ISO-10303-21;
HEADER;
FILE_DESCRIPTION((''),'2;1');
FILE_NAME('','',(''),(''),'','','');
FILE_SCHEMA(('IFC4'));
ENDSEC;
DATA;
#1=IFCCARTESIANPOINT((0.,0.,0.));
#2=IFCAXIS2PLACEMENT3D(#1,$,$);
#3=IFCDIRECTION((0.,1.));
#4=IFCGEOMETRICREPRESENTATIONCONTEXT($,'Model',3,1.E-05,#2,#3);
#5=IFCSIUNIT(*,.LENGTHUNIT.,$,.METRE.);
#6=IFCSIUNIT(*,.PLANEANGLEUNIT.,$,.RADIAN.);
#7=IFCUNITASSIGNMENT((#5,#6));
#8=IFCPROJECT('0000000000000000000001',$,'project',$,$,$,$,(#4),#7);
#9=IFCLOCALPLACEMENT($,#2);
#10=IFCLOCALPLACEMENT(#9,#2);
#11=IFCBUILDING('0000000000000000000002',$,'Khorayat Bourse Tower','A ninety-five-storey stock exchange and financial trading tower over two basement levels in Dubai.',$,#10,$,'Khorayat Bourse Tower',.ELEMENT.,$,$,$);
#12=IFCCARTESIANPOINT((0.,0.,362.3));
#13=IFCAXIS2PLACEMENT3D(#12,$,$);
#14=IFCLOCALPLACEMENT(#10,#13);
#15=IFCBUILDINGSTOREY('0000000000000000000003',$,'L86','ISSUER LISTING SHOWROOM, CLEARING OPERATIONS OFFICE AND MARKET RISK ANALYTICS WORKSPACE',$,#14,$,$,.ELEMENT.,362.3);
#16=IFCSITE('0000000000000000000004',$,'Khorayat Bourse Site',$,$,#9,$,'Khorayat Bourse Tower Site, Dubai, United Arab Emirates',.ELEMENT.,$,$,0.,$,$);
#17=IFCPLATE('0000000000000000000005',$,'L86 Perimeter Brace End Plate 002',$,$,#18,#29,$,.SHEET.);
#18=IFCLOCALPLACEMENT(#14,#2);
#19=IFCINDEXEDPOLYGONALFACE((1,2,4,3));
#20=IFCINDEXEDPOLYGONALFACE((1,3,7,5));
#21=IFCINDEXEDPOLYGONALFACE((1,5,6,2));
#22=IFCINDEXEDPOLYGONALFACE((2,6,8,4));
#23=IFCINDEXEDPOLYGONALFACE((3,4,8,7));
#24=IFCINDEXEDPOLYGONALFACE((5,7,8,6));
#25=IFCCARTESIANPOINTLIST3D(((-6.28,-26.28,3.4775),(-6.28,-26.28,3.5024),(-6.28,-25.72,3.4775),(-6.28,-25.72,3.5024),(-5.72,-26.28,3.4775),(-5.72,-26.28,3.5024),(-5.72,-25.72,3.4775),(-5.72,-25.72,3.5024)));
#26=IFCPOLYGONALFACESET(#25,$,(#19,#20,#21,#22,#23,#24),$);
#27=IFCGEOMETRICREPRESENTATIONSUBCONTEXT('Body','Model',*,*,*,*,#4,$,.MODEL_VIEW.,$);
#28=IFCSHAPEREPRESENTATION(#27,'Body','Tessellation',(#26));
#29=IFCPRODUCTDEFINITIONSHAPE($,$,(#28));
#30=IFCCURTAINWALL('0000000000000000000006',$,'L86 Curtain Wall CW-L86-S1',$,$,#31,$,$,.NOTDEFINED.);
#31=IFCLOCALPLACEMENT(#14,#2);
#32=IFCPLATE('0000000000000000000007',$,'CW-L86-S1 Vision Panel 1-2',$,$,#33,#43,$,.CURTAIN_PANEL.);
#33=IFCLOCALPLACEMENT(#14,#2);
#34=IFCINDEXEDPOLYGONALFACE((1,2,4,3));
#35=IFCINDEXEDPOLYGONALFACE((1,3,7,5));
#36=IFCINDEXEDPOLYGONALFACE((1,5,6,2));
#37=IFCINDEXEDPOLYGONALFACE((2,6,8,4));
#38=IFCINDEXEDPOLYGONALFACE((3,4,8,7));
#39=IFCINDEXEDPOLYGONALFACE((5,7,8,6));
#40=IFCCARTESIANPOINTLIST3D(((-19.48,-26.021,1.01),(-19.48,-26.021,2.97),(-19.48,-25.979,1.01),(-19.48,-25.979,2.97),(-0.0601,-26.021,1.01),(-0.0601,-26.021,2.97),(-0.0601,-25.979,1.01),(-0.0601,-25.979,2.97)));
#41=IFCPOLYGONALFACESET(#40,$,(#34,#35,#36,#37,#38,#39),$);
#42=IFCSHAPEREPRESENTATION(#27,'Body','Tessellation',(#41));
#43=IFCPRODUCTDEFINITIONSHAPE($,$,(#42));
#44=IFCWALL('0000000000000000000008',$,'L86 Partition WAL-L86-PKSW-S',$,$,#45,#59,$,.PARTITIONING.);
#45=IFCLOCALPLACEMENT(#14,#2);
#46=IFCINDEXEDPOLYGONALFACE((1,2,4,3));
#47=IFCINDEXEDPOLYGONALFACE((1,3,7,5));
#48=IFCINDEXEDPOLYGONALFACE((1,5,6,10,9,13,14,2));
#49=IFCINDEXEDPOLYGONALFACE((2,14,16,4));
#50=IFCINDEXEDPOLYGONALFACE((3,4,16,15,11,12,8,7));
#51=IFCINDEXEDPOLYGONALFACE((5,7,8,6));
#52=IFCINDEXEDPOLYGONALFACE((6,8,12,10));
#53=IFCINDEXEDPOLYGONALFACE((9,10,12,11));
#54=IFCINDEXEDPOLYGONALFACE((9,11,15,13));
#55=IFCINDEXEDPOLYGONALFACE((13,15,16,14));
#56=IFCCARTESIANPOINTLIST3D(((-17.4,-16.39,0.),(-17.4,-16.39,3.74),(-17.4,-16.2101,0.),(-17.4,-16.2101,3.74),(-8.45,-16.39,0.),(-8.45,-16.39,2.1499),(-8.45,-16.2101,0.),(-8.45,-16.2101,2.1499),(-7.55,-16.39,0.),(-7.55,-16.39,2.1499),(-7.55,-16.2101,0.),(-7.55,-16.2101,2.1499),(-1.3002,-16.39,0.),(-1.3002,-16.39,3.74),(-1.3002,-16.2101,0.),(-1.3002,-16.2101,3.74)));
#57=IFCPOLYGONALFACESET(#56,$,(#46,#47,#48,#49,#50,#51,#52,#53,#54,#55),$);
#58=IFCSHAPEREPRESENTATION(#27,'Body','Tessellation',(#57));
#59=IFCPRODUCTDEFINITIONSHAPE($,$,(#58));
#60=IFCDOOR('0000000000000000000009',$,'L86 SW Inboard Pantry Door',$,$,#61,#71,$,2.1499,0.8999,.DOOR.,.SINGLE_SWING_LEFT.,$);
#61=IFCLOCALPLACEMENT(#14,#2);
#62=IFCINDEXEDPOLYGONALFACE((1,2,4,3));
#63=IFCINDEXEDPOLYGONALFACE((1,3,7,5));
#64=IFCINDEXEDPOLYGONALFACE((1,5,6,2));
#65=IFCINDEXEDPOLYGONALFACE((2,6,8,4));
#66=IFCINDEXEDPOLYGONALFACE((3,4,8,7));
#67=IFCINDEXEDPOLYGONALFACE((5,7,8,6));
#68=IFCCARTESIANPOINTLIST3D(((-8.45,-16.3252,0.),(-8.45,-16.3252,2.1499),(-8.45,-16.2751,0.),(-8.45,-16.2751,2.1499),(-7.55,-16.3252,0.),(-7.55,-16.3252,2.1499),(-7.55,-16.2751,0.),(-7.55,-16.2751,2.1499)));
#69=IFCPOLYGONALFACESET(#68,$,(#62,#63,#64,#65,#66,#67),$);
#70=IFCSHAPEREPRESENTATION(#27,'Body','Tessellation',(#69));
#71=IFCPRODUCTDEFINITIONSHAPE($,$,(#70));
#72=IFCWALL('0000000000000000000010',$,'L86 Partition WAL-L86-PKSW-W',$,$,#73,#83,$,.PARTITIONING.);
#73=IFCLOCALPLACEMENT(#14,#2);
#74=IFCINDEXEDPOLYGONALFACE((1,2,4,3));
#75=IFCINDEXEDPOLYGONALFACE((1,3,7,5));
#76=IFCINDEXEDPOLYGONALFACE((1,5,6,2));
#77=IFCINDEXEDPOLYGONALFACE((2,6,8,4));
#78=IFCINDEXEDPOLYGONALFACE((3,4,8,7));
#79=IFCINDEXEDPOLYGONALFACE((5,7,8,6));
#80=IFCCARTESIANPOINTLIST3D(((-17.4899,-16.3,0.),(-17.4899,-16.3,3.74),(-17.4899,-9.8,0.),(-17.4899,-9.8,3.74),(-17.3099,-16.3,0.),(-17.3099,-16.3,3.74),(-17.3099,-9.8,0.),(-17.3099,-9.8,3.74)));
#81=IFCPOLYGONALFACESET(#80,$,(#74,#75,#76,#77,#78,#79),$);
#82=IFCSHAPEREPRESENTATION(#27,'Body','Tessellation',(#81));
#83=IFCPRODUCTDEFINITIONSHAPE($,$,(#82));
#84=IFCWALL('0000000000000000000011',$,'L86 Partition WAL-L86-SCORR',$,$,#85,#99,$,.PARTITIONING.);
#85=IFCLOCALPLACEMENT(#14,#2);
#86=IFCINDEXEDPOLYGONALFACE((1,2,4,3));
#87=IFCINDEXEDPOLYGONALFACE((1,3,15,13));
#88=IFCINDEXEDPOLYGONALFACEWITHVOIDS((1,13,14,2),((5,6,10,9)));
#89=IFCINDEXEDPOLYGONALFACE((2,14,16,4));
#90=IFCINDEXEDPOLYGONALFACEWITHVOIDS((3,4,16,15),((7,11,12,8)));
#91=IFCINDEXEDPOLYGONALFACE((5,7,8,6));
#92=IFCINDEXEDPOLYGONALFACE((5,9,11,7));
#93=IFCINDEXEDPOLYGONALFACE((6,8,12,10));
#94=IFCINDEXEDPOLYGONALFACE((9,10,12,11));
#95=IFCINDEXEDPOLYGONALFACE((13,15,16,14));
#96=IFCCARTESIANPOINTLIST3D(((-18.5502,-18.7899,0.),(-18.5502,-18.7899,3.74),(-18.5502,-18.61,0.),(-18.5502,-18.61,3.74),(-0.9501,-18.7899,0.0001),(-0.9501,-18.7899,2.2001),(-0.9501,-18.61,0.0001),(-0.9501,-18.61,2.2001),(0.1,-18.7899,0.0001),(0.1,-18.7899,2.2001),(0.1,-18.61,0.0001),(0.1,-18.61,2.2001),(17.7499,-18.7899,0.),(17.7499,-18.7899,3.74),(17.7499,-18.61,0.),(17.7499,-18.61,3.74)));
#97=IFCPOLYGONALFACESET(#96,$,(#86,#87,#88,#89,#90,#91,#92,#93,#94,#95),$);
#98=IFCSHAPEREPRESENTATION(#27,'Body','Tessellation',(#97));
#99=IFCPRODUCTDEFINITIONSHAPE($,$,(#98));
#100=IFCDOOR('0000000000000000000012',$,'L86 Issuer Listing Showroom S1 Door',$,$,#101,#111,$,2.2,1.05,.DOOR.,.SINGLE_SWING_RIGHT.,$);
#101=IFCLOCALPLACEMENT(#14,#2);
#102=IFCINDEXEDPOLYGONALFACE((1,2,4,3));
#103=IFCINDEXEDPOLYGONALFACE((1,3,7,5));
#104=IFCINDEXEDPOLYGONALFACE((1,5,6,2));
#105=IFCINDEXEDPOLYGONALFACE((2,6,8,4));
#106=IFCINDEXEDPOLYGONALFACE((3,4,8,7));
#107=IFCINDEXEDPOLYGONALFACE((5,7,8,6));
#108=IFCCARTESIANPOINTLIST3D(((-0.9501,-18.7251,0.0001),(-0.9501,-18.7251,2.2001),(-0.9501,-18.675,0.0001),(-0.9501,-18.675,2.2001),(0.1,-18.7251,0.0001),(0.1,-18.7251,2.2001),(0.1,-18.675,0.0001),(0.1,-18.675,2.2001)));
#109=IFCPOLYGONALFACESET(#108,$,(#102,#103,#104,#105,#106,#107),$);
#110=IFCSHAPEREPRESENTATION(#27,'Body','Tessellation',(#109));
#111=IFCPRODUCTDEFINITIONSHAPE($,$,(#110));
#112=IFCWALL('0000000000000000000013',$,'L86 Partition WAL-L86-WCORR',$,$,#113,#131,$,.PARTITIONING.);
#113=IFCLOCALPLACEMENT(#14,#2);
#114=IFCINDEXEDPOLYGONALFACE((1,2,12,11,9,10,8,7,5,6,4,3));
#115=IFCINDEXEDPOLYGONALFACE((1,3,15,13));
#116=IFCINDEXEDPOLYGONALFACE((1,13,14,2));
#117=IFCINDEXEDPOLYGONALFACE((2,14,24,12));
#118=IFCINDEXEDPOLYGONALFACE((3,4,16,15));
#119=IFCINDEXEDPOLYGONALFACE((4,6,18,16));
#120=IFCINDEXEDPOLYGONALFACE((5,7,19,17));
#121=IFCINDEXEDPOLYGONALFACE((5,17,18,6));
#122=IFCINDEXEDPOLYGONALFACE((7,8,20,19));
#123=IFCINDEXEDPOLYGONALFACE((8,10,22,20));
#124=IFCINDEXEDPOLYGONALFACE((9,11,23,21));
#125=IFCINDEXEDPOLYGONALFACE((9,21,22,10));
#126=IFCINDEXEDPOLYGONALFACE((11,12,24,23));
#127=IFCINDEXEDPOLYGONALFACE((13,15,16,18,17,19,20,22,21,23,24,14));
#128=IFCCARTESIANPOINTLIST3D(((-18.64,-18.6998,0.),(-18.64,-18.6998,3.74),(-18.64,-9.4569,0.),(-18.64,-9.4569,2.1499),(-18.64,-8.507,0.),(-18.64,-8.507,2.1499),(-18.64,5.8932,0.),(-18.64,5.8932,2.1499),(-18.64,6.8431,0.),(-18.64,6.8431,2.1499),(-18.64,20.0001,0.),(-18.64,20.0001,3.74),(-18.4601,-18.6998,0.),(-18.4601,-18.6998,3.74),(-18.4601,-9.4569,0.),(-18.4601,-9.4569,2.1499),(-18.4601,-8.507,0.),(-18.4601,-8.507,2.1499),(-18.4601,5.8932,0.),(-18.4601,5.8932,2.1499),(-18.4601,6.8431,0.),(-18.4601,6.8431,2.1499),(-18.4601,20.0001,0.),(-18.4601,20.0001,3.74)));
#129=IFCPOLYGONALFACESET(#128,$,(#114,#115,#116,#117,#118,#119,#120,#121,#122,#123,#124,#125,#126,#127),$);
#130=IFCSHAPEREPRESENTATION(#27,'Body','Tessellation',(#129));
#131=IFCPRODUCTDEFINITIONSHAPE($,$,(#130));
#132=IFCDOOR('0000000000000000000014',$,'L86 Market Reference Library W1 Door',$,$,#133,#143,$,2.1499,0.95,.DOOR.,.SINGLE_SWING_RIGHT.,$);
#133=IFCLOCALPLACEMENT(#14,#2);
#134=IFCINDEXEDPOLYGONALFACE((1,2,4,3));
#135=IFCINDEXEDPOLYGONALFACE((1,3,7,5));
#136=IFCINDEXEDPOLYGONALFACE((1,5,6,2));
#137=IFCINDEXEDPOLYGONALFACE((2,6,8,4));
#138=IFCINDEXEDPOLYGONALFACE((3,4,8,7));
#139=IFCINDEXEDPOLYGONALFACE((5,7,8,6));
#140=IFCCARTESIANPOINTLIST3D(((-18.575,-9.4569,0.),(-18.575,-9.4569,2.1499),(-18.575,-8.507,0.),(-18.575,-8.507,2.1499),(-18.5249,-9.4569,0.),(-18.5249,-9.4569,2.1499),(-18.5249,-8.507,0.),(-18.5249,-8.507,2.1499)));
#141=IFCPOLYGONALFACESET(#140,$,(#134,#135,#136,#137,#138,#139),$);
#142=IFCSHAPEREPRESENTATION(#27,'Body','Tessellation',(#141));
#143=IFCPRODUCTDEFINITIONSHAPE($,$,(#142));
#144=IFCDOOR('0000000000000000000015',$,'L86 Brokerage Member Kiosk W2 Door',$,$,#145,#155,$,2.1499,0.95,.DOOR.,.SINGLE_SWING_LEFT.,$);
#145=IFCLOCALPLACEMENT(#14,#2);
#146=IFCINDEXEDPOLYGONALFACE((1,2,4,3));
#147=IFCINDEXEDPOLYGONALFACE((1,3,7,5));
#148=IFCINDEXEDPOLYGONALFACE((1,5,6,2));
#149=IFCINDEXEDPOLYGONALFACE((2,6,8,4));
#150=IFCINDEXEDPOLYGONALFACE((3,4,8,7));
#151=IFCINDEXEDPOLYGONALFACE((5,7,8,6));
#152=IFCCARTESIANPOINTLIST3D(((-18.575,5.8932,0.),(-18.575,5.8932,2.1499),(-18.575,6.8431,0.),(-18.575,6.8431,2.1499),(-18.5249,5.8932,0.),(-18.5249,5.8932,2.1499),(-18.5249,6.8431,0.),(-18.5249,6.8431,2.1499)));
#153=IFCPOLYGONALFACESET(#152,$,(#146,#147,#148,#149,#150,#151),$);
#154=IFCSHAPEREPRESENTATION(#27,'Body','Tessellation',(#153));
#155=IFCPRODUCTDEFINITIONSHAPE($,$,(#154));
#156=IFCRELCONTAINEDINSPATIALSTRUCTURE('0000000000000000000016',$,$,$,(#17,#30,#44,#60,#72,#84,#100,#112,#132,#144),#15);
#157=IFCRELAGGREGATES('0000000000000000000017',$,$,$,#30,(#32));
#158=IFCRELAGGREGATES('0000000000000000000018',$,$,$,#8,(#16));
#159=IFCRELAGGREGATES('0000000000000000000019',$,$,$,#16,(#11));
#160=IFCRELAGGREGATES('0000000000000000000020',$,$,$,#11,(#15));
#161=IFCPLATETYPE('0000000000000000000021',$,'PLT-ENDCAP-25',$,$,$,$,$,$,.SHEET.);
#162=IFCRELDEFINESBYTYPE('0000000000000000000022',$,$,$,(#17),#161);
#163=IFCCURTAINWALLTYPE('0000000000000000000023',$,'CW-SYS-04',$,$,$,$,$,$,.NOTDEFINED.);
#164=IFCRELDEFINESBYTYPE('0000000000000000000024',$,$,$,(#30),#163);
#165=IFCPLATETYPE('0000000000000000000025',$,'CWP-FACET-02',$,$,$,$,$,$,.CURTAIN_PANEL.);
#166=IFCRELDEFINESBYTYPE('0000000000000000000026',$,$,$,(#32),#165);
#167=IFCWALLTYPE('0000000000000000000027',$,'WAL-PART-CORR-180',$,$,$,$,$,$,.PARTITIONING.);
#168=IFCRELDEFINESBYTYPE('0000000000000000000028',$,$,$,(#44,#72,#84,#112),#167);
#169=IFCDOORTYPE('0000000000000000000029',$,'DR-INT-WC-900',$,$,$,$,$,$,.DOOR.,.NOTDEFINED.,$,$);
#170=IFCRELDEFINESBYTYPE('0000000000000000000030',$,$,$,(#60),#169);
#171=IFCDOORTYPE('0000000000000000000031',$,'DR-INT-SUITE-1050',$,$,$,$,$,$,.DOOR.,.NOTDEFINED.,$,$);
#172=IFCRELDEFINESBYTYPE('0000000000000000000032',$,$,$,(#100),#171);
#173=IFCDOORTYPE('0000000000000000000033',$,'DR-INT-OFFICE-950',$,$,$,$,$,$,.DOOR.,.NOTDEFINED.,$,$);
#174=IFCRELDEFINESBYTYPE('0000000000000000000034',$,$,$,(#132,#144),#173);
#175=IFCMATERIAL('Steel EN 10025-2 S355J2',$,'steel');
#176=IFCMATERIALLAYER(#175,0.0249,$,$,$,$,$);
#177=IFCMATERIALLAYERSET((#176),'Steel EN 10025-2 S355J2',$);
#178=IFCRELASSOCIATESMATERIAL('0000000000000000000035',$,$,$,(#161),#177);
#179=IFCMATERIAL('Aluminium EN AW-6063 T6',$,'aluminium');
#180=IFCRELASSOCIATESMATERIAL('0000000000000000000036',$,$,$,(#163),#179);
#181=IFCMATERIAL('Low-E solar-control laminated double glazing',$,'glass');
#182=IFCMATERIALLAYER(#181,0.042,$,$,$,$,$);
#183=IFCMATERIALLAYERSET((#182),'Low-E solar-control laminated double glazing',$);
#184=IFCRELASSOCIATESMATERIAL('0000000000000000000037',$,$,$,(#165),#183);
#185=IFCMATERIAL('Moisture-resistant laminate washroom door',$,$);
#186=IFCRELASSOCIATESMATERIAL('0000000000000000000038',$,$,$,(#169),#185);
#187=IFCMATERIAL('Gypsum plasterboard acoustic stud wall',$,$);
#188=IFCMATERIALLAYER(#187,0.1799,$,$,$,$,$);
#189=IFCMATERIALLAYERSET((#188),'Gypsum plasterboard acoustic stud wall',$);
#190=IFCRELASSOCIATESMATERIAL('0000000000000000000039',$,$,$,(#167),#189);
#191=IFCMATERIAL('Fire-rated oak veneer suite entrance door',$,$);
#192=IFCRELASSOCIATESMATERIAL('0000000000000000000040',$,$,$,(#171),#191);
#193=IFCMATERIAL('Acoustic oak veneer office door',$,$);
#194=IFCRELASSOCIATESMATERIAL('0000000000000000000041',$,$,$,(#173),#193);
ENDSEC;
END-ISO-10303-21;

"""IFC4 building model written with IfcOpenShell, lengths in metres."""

from ifc_helpers import new_model, si_unit, direction, frame, frame_2d, origin, origin_2d, place, context, subcontext, project, spatial, rectangle, extrude, source, transform, mapped, material, layer, layer_set, type_object, element, fill, aggregate, save


model = new_model("IFC4")

# Units and contexts
model_context = context("Model", 3, precision=1e-05, world=origin(), true_north=direction((0.0, 1.0)))
body_context = subcontext(model_context, "Body", "Model", "MODEL_VIEW")
ifc_project = project(units=[si_unit("LENGTHUNIT", "METRE"), si_unit("PLANEANGLEUNIT", "RADIAN")], contexts=[model_context])

# Site, building, storey
site_placement = place(None, origin())
site = spatial("IfcSite", under=ifc_project, at=site_placement, Name="Khorayat Bourse Site", LongName="Khorayat Bourse Tower Site, Dubai, United Arab Emirates", CompositionType="ELEMENT", RefElevation=0.0)
building_placement = place(site_placement, origin())
building = spatial("IfcBuilding", under=site, at=building_placement, Name="Khorayat Bourse Tower", Description="A ninety-five-storey stock exchange and financial trading tower over two basement levels in Dubai.", LongName="Khorayat Bourse Tower", CompositionType="ELEMENT")
storey_placement = place(building_placement, frame((0.0, 0.0, 362.3)))
storey = spatial("IfcBuildingStorey", under=building, at=storey_placement, Name="L86", Description="ISSUER LISTING SHOWROOM, CLEARING OPERATIONS OFFICE AND MARKET RISK ANALYTICS WORKSPACE", CompositionType="ELEMENT", Elevation=362.3)

# Shared definitions
ifc_material_1 = material(Name="Steel EN 10025-2 S355J2", Category="steel")

# Plate
ifc_layer_1 = layer(ifc_material_1, 0.0249)
ifc_layer_set_1 = layer_set([ifc_layer_1], Name="Steel EN 10025-2 S355J2")
plate_type_1 = type_object("IfcPlateType", Name="PLT-ENDCAP-25", PredefinedType="SHEET", material=ifc_layer_set_1)
shared_shape_1 = source(origin(), body_context, "Body", "SweptSolid", [
    extrude(rectangle(XDim=0.5601, YDim=0.5601, at=origin_2d()), origin(), (0.0, 0.0, 1.0), 0.0249),
])
plate_1_placement = place(storey_placement, frame((-6.0, -26.0, 3.4775), z_axis=(0.0, 0.0, 1.0), x_axis=(1.0, 0.0, 0.0)))
element("IfcPlate", 1, at=plate_1_placement, inside=storey, type_object=plate_type_1, Name="L86 Perimeter Brace End Plate 002", PredefinedType="SHEET", context=body_context, shape_type="MappedRepresentation", body=[
    mapped(shared_shape_1, transform((0.0, 0.0, 0.0), scale=1.0)),
])

# Curtain wall, plate
ifc_material_2 = material(Name="Aluminium EN AW-6063 T6", Category="aluminium")
curtain_wall_type = type_object("IfcCurtainWallType", Name="CW-SYS-04", PredefinedType="NOTDEFINED", material=ifc_material_2)
curtain_wall_placement = place(storey_placement, origin())
curtain_wall = element("IfcCurtainWall", 2, at=curtain_wall_placement, inside=storey, type_object=curtain_wall_type, Name="L86 Curtain Wall CW-L86-S1", PredefinedType="NOTDEFINED")
ifc_material_3 = material(Name="Low-E solar-control laminated double glazing", Category="glass")
ifc_layer_2 = layer(ifc_material_3, 0.042)
ifc_layer_set_2 = layer_set([ifc_layer_2], Name="Low-E solar-control laminated double glazing")
plate_type_2 = type_object("IfcPlateType", Name="CWP-FACET-02", PredefinedType="CURTAIN_PANEL", material=ifc_layer_set_2)
shared_shape_2 = source(origin(), body_context, "Body", "SweptSolid", [
    extrude(rectangle(XDim=19.4199, YDim=0.042, at=origin_2d()), origin(), (0.0, 0.0, 1.0), 1.96),
])
plate_2_placement = place(storey_placement, frame((-9.77, -26.0, 1.01), z_axis=(0.0, 0.0, 1.0), x_axis=(1.0, 0.0, 0.0)))
plate_2 = element("IfcPlate", 3, at=plate_2_placement, type_object=plate_type_2, Name="CW-L86-S1 Vision Panel 1-2", PredefinedType="CURTAIN_PANEL", context=body_context, shape_type="MappedRepresentation", body=[
    mapped(shared_shape_2, transform((0.0, 0.0, 0.0), scale=1.0)),
])
aggregate(curtain_wall, [plate_2])

# Shared definitions
ifc_material_4 = material(Name="Moisture-resistant laminate washroom door")
door_type_1 = type_object("IfcDoorType", Name="DR-INT-WC-900", OperationType="NOTDEFINED", PredefinedType="DOOR", material=ifc_material_4)
shared_shape_3 = source(origin(), body_context, "Body", "SweptSolid", [
    extrude(rectangle(XDim=0.8999, YDim=2.1499, at=frame_2d((0.45, 1.075))), frame((0.0, 0.0249, 0.0), z_axis=(0.0, -1.0, 0.0), x_axis=(1.0, 0.0, 0.0)), (0.0, 0.0, 1.0), 0.05),
])

# Wall, opening, door
ifc_material_5 = material(Name="Gypsum plasterboard acoustic stud wall")
ifc_layer_3 = layer(ifc_material_5, 0.1799)
ifc_layer_set_3 = layer_set([ifc_layer_3], Name="Gypsum plasterboard acoustic stud wall")
wall_type_1 = type_object("IfcWallType", Name="WAL-PART-CORR-180", PredefinedType="PARTITIONING", material=ifc_layer_set_3)
shared_shape_4 = source(origin(), body_context, "Body", "SweptSolid", [
    extrude(rectangle(XDim=16.0999, YDim=0.1799, at=frame_2d((8.0498, 0.0))), origin(), (0.0, 0.0, 1.0), 3.74),
])
wall_1_placement = place(storey_placement, frame((-17.3999, -16.3, 0.0), z_axis=(0.0, 0.0, 1.0), x_axis=(1.0, 0.0, 0.0)))
wall_1 = element("IfcWall", 4, at=wall_1_placement, inside=storey, type_object=wall_type_1, Name="L86 Partition WAL-L86-PKSW-S", PredefinedType="PARTITIONING", context=body_context, shape_type="MappedRepresentation", body=[
    mapped(shared_shape_4, transform((0.0, 0.0, 0.0), scale=1.0)),
])
shared_shape_5 = source(origin(), body_context, "Body", "SweptSolid", [
    extrude(rectangle(XDim=0.8999, YDim=2.1499, at=frame_2d((0.45, 1.075))), frame((0.0, 0.0999, 0.0), z_axis=(0.0, -1.0, 0.0), x_axis=(1.0, 0.0, 0.0)), (0.0, 0.0, 1.0), 0.2),
])
opening_1_placement = place(wall_1_placement, frame((8.95, 0.0, 0.0)))
opening_1 = element("IfcOpeningElement", 5, at=opening_1_placement, cuts=wall_1, PredefinedType="OPENING", context=body_context, shape_type="MappedRepresentation", body=[
    mapped(shared_shape_5, transform((0.0, 0.0, 0.0), scale=1.0)),
])
door_1_placement = place(opening_1_placement, origin())
door_1 = element("IfcDoor", 6, at=door_1_placement, inside=storey, type_object=door_type_1, Name="L86 SW Inboard Pantry Door", OperationType="SINGLE_SWING_LEFT", OverallHeight=2.1499, OverallWidth=0.8999, PredefinedType="DOOR", context=body_context, shape_type="MappedRepresentation", body=[
    mapped(shared_shape_3, transform((0.0, 0.0, 0.0), scale=1.0)),
])
fill(opening_1, door_1)

# Wall
shared_shape_6 = source(origin(), body_context, "Body", "SweptSolid", [
    extrude(rectangle(XDim=6.5, YDim=0.1799, at=frame_2d((3.25, 0.0))), origin(), (0.0, 0.0, 1.0), 3.74),
])
wall_2_placement = place(storey_placement, frame((-17.3999, -16.3, 0.0), z_axis=(0.0, 0.0, 1.0), x_axis=(0.0, 1.0, 0.0)))
element("IfcWall", 7, at=wall_2_placement, inside=storey, type_object=wall_type_1, Name="L86 Partition WAL-L86-PKSW-W", PredefinedType="PARTITIONING", context=body_context, shape_type="MappedRepresentation", body=[
    mapped(shared_shape_6, transform((0.0, 0.0, 0.0), scale=1.0)),
])

# Wall, opening, door
shared_shape_7 = source(origin(), body_context, "Body", "SweptSolid", [
    extrude(rectangle(XDim=36.3, YDim=0.1799, at=frame_2d((18.1499, 0.0))), origin(), (0.0, 0.0, 1.0), 3.74),
])
wall_3_placement = place(storey_placement, frame((-18.55, -18.7, 0.0), z_axis=(0.0, 0.0, 1.0), x_axis=(1.0, 0.0, 0.0)))
wall_3 = element("IfcWall", 8, at=wall_3_placement, inside=storey, type_object=wall_type_1, Name="L86 Partition WAL-L86-SCORR", PredefinedType="PARTITIONING", context=body_context, shape_type="MappedRepresentation", body=[
    mapped(shared_shape_7, transform((0.0, 0.0, 0.0), scale=1.0)),
])
shared_shape_8 = source(origin(), body_context, "Body", "SweptSolid", [
    extrude(rectangle(XDim=1.05, YDim=2.2, at=frame_2d((0.5249, 1.1001))), frame((0.0, 0.0999, 0.0), z_axis=(0.0, -1.0, 0.0), x_axis=(1.0, 0.0, 0.0)), (0.0, 0.0, 1.0), 0.2),
])
opening_2_placement = place(wall_3_placement, frame((17.6001, 0.0, 0.0)))
opening_2 = element("IfcOpeningElement", 9, at=opening_2_placement, cuts=wall_3, PredefinedType="OPENING", context=body_context, shape_type="MappedRepresentation", body=[
    mapped(shared_shape_8, transform((0.0, 0.0, 0.0), scale=1.0)),
])
ifc_material_6 = material(Name="Fire-rated oak veneer suite entrance door")
door_type_2 = type_object("IfcDoorType", Name="DR-INT-SUITE-1050", OperationType="NOTDEFINED", PredefinedType="DOOR", material=ifc_material_6)
shared_shape_9 = source(origin(), body_context, "Body", "SweptSolid", [
    extrude(rectangle(XDim=1.05, YDim=2.2, at=frame_2d((0.5249, 1.1001))), frame((0.0, 0.0249, 0.0), z_axis=(0.0, -1.0, 0.0), x_axis=(1.0, 0.0, 0.0)), (0.0, 0.0, 1.0), 0.05),
])
door_2_placement = place(opening_2_placement, origin())
door_2 = element("IfcDoor", 10, at=door_2_placement, inside=storey, type_object=door_type_2, Name="L86 Issuer Listing Showroom S1 Door", OperationType="SINGLE_SWING_RIGHT", OverallHeight=2.2, OverallWidth=1.05, PredefinedType="DOOR", context=body_context, shape_type="MappedRepresentation", body=[
    mapped(shared_shape_9, transform((0.0, 0.0, 0.0), scale=1.0)),
])
fill(opening_2, door_2)

# Wall, openings, doors
shared_shape_10 = source(origin(), body_context, "Body", "SweptSolid", [
    extrude(rectangle(XDim=38.7, YDim=0.1799, at=frame_2d((19.3501, 0.0))), origin(), (0.0, 0.0, 1.0), 3.74),
])
wall_4_placement = place(storey_placement, frame((-18.55, -18.7, 0.0), z_axis=(0.0, 0.0, 1.0), x_axis=(0.0, 1.0, 0.0)))
wall_4 = element("IfcWall", 11, at=wall_4_placement, inside=storey, type_object=wall_type_1, Name="L86 Partition WAL-L86-WCORR", PredefinedType="PARTITIONING", context=body_context, shape_type="MappedRepresentation", body=[
    mapped(shared_shape_10, transform((0.0, 0.0, 0.0), scale=1.0)),
])
shared_shape_11 = source(origin(), body_context, "Body", "SweptSolid", [
    extrude(rectangle(XDim=0.95, YDim=2.1499, at=frame_2d((0.4751, 1.075))), frame((0.0, 0.0999, 0.0), z_axis=(0.0, -1.0, 0.0), x_axis=(1.0, 0.0, 0.0)), (0.0, 0.0, 1.0), 0.2),
])
opening_3_placement = place(wall_4_placement, frame((9.2429, 0.0, 0.0)))
opening_3 = element("IfcOpeningElement", 12, at=opening_3_placement, cuts=wall_4, PredefinedType="OPENING", context=body_context, shape_type="MappedRepresentation", body=[
    mapped(shared_shape_11, transform((0.0, 0.0, 0.0), scale=1.0)),
])
opening_4_placement = place(wall_4_placement, frame((24.593, 0.0, 0.0)))
opening_4 = element("IfcOpeningElement", 13, at=opening_4_placement, cuts=wall_4, PredefinedType="OPENING", context=body_context, shape_type="MappedRepresentation", body=[
    mapped(shared_shape_11, transform((0.0, 0.0, 0.0), scale=1.0)),
])
ifc_material_7 = material(Name="Acoustic oak veneer office door")
door_type_3 = type_object("IfcDoorType", Name="DR-INT-OFFICE-950", OperationType="NOTDEFINED", PredefinedType="DOOR", material=ifc_material_7)
shared_shape_12 = source(origin(), body_context, "Body", "SweptSolid", [
    extrude(rectangle(XDim=0.95, YDim=2.1499, at=frame_2d((0.4751, 1.075))), frame((0.0, 0.0249, 0.0), z_axis=(0.0, -1.0, 0.0), x_axis=(1.0, 0.0, 0.0)), (0.0, 0.0, 1.0), 0.05),
])
door_3_placement = place(opening_3_placement, origin())
door_3 = element("IfcDoor", 14, at=door_3_placement, inside=storey, type_object=door_type_3, Name="L86 Market Reference Library W1 Door", OperationType="SINGLE_SWING_RIGHT", OverallHeight=2.1499, OverallWidth=0.95, PredefinedType="DOOR", context=body_context, shape_type="MappedRepresentation", body=[
    mapped(shared_shape_12, transform((0.0, 0.0, 0.0), scale=1.0)),
])
fill(opening_3, door_3)
door_4_placement = place(opening_4_placement, origin())
door_4 = element("IfcDoor", 15, at=door_4_placement, inside=storey, type_object=door_type_3, Name="L86 Brokerage Member Kiosk W2 Door", OperationType="SINGLE_SWING_LEFT", OverallHeight=2.1499, OverallWidth=0.95, PredefinedType="DOOR", context=body_context, shape_type="MappedRepresentation", body=[
    mapped(shared_shape_12, transform((0.0, 0.0, 0.0), scale=1.0)),
])
fill(opening_4, door_4)

save(model, "model.ifc")
